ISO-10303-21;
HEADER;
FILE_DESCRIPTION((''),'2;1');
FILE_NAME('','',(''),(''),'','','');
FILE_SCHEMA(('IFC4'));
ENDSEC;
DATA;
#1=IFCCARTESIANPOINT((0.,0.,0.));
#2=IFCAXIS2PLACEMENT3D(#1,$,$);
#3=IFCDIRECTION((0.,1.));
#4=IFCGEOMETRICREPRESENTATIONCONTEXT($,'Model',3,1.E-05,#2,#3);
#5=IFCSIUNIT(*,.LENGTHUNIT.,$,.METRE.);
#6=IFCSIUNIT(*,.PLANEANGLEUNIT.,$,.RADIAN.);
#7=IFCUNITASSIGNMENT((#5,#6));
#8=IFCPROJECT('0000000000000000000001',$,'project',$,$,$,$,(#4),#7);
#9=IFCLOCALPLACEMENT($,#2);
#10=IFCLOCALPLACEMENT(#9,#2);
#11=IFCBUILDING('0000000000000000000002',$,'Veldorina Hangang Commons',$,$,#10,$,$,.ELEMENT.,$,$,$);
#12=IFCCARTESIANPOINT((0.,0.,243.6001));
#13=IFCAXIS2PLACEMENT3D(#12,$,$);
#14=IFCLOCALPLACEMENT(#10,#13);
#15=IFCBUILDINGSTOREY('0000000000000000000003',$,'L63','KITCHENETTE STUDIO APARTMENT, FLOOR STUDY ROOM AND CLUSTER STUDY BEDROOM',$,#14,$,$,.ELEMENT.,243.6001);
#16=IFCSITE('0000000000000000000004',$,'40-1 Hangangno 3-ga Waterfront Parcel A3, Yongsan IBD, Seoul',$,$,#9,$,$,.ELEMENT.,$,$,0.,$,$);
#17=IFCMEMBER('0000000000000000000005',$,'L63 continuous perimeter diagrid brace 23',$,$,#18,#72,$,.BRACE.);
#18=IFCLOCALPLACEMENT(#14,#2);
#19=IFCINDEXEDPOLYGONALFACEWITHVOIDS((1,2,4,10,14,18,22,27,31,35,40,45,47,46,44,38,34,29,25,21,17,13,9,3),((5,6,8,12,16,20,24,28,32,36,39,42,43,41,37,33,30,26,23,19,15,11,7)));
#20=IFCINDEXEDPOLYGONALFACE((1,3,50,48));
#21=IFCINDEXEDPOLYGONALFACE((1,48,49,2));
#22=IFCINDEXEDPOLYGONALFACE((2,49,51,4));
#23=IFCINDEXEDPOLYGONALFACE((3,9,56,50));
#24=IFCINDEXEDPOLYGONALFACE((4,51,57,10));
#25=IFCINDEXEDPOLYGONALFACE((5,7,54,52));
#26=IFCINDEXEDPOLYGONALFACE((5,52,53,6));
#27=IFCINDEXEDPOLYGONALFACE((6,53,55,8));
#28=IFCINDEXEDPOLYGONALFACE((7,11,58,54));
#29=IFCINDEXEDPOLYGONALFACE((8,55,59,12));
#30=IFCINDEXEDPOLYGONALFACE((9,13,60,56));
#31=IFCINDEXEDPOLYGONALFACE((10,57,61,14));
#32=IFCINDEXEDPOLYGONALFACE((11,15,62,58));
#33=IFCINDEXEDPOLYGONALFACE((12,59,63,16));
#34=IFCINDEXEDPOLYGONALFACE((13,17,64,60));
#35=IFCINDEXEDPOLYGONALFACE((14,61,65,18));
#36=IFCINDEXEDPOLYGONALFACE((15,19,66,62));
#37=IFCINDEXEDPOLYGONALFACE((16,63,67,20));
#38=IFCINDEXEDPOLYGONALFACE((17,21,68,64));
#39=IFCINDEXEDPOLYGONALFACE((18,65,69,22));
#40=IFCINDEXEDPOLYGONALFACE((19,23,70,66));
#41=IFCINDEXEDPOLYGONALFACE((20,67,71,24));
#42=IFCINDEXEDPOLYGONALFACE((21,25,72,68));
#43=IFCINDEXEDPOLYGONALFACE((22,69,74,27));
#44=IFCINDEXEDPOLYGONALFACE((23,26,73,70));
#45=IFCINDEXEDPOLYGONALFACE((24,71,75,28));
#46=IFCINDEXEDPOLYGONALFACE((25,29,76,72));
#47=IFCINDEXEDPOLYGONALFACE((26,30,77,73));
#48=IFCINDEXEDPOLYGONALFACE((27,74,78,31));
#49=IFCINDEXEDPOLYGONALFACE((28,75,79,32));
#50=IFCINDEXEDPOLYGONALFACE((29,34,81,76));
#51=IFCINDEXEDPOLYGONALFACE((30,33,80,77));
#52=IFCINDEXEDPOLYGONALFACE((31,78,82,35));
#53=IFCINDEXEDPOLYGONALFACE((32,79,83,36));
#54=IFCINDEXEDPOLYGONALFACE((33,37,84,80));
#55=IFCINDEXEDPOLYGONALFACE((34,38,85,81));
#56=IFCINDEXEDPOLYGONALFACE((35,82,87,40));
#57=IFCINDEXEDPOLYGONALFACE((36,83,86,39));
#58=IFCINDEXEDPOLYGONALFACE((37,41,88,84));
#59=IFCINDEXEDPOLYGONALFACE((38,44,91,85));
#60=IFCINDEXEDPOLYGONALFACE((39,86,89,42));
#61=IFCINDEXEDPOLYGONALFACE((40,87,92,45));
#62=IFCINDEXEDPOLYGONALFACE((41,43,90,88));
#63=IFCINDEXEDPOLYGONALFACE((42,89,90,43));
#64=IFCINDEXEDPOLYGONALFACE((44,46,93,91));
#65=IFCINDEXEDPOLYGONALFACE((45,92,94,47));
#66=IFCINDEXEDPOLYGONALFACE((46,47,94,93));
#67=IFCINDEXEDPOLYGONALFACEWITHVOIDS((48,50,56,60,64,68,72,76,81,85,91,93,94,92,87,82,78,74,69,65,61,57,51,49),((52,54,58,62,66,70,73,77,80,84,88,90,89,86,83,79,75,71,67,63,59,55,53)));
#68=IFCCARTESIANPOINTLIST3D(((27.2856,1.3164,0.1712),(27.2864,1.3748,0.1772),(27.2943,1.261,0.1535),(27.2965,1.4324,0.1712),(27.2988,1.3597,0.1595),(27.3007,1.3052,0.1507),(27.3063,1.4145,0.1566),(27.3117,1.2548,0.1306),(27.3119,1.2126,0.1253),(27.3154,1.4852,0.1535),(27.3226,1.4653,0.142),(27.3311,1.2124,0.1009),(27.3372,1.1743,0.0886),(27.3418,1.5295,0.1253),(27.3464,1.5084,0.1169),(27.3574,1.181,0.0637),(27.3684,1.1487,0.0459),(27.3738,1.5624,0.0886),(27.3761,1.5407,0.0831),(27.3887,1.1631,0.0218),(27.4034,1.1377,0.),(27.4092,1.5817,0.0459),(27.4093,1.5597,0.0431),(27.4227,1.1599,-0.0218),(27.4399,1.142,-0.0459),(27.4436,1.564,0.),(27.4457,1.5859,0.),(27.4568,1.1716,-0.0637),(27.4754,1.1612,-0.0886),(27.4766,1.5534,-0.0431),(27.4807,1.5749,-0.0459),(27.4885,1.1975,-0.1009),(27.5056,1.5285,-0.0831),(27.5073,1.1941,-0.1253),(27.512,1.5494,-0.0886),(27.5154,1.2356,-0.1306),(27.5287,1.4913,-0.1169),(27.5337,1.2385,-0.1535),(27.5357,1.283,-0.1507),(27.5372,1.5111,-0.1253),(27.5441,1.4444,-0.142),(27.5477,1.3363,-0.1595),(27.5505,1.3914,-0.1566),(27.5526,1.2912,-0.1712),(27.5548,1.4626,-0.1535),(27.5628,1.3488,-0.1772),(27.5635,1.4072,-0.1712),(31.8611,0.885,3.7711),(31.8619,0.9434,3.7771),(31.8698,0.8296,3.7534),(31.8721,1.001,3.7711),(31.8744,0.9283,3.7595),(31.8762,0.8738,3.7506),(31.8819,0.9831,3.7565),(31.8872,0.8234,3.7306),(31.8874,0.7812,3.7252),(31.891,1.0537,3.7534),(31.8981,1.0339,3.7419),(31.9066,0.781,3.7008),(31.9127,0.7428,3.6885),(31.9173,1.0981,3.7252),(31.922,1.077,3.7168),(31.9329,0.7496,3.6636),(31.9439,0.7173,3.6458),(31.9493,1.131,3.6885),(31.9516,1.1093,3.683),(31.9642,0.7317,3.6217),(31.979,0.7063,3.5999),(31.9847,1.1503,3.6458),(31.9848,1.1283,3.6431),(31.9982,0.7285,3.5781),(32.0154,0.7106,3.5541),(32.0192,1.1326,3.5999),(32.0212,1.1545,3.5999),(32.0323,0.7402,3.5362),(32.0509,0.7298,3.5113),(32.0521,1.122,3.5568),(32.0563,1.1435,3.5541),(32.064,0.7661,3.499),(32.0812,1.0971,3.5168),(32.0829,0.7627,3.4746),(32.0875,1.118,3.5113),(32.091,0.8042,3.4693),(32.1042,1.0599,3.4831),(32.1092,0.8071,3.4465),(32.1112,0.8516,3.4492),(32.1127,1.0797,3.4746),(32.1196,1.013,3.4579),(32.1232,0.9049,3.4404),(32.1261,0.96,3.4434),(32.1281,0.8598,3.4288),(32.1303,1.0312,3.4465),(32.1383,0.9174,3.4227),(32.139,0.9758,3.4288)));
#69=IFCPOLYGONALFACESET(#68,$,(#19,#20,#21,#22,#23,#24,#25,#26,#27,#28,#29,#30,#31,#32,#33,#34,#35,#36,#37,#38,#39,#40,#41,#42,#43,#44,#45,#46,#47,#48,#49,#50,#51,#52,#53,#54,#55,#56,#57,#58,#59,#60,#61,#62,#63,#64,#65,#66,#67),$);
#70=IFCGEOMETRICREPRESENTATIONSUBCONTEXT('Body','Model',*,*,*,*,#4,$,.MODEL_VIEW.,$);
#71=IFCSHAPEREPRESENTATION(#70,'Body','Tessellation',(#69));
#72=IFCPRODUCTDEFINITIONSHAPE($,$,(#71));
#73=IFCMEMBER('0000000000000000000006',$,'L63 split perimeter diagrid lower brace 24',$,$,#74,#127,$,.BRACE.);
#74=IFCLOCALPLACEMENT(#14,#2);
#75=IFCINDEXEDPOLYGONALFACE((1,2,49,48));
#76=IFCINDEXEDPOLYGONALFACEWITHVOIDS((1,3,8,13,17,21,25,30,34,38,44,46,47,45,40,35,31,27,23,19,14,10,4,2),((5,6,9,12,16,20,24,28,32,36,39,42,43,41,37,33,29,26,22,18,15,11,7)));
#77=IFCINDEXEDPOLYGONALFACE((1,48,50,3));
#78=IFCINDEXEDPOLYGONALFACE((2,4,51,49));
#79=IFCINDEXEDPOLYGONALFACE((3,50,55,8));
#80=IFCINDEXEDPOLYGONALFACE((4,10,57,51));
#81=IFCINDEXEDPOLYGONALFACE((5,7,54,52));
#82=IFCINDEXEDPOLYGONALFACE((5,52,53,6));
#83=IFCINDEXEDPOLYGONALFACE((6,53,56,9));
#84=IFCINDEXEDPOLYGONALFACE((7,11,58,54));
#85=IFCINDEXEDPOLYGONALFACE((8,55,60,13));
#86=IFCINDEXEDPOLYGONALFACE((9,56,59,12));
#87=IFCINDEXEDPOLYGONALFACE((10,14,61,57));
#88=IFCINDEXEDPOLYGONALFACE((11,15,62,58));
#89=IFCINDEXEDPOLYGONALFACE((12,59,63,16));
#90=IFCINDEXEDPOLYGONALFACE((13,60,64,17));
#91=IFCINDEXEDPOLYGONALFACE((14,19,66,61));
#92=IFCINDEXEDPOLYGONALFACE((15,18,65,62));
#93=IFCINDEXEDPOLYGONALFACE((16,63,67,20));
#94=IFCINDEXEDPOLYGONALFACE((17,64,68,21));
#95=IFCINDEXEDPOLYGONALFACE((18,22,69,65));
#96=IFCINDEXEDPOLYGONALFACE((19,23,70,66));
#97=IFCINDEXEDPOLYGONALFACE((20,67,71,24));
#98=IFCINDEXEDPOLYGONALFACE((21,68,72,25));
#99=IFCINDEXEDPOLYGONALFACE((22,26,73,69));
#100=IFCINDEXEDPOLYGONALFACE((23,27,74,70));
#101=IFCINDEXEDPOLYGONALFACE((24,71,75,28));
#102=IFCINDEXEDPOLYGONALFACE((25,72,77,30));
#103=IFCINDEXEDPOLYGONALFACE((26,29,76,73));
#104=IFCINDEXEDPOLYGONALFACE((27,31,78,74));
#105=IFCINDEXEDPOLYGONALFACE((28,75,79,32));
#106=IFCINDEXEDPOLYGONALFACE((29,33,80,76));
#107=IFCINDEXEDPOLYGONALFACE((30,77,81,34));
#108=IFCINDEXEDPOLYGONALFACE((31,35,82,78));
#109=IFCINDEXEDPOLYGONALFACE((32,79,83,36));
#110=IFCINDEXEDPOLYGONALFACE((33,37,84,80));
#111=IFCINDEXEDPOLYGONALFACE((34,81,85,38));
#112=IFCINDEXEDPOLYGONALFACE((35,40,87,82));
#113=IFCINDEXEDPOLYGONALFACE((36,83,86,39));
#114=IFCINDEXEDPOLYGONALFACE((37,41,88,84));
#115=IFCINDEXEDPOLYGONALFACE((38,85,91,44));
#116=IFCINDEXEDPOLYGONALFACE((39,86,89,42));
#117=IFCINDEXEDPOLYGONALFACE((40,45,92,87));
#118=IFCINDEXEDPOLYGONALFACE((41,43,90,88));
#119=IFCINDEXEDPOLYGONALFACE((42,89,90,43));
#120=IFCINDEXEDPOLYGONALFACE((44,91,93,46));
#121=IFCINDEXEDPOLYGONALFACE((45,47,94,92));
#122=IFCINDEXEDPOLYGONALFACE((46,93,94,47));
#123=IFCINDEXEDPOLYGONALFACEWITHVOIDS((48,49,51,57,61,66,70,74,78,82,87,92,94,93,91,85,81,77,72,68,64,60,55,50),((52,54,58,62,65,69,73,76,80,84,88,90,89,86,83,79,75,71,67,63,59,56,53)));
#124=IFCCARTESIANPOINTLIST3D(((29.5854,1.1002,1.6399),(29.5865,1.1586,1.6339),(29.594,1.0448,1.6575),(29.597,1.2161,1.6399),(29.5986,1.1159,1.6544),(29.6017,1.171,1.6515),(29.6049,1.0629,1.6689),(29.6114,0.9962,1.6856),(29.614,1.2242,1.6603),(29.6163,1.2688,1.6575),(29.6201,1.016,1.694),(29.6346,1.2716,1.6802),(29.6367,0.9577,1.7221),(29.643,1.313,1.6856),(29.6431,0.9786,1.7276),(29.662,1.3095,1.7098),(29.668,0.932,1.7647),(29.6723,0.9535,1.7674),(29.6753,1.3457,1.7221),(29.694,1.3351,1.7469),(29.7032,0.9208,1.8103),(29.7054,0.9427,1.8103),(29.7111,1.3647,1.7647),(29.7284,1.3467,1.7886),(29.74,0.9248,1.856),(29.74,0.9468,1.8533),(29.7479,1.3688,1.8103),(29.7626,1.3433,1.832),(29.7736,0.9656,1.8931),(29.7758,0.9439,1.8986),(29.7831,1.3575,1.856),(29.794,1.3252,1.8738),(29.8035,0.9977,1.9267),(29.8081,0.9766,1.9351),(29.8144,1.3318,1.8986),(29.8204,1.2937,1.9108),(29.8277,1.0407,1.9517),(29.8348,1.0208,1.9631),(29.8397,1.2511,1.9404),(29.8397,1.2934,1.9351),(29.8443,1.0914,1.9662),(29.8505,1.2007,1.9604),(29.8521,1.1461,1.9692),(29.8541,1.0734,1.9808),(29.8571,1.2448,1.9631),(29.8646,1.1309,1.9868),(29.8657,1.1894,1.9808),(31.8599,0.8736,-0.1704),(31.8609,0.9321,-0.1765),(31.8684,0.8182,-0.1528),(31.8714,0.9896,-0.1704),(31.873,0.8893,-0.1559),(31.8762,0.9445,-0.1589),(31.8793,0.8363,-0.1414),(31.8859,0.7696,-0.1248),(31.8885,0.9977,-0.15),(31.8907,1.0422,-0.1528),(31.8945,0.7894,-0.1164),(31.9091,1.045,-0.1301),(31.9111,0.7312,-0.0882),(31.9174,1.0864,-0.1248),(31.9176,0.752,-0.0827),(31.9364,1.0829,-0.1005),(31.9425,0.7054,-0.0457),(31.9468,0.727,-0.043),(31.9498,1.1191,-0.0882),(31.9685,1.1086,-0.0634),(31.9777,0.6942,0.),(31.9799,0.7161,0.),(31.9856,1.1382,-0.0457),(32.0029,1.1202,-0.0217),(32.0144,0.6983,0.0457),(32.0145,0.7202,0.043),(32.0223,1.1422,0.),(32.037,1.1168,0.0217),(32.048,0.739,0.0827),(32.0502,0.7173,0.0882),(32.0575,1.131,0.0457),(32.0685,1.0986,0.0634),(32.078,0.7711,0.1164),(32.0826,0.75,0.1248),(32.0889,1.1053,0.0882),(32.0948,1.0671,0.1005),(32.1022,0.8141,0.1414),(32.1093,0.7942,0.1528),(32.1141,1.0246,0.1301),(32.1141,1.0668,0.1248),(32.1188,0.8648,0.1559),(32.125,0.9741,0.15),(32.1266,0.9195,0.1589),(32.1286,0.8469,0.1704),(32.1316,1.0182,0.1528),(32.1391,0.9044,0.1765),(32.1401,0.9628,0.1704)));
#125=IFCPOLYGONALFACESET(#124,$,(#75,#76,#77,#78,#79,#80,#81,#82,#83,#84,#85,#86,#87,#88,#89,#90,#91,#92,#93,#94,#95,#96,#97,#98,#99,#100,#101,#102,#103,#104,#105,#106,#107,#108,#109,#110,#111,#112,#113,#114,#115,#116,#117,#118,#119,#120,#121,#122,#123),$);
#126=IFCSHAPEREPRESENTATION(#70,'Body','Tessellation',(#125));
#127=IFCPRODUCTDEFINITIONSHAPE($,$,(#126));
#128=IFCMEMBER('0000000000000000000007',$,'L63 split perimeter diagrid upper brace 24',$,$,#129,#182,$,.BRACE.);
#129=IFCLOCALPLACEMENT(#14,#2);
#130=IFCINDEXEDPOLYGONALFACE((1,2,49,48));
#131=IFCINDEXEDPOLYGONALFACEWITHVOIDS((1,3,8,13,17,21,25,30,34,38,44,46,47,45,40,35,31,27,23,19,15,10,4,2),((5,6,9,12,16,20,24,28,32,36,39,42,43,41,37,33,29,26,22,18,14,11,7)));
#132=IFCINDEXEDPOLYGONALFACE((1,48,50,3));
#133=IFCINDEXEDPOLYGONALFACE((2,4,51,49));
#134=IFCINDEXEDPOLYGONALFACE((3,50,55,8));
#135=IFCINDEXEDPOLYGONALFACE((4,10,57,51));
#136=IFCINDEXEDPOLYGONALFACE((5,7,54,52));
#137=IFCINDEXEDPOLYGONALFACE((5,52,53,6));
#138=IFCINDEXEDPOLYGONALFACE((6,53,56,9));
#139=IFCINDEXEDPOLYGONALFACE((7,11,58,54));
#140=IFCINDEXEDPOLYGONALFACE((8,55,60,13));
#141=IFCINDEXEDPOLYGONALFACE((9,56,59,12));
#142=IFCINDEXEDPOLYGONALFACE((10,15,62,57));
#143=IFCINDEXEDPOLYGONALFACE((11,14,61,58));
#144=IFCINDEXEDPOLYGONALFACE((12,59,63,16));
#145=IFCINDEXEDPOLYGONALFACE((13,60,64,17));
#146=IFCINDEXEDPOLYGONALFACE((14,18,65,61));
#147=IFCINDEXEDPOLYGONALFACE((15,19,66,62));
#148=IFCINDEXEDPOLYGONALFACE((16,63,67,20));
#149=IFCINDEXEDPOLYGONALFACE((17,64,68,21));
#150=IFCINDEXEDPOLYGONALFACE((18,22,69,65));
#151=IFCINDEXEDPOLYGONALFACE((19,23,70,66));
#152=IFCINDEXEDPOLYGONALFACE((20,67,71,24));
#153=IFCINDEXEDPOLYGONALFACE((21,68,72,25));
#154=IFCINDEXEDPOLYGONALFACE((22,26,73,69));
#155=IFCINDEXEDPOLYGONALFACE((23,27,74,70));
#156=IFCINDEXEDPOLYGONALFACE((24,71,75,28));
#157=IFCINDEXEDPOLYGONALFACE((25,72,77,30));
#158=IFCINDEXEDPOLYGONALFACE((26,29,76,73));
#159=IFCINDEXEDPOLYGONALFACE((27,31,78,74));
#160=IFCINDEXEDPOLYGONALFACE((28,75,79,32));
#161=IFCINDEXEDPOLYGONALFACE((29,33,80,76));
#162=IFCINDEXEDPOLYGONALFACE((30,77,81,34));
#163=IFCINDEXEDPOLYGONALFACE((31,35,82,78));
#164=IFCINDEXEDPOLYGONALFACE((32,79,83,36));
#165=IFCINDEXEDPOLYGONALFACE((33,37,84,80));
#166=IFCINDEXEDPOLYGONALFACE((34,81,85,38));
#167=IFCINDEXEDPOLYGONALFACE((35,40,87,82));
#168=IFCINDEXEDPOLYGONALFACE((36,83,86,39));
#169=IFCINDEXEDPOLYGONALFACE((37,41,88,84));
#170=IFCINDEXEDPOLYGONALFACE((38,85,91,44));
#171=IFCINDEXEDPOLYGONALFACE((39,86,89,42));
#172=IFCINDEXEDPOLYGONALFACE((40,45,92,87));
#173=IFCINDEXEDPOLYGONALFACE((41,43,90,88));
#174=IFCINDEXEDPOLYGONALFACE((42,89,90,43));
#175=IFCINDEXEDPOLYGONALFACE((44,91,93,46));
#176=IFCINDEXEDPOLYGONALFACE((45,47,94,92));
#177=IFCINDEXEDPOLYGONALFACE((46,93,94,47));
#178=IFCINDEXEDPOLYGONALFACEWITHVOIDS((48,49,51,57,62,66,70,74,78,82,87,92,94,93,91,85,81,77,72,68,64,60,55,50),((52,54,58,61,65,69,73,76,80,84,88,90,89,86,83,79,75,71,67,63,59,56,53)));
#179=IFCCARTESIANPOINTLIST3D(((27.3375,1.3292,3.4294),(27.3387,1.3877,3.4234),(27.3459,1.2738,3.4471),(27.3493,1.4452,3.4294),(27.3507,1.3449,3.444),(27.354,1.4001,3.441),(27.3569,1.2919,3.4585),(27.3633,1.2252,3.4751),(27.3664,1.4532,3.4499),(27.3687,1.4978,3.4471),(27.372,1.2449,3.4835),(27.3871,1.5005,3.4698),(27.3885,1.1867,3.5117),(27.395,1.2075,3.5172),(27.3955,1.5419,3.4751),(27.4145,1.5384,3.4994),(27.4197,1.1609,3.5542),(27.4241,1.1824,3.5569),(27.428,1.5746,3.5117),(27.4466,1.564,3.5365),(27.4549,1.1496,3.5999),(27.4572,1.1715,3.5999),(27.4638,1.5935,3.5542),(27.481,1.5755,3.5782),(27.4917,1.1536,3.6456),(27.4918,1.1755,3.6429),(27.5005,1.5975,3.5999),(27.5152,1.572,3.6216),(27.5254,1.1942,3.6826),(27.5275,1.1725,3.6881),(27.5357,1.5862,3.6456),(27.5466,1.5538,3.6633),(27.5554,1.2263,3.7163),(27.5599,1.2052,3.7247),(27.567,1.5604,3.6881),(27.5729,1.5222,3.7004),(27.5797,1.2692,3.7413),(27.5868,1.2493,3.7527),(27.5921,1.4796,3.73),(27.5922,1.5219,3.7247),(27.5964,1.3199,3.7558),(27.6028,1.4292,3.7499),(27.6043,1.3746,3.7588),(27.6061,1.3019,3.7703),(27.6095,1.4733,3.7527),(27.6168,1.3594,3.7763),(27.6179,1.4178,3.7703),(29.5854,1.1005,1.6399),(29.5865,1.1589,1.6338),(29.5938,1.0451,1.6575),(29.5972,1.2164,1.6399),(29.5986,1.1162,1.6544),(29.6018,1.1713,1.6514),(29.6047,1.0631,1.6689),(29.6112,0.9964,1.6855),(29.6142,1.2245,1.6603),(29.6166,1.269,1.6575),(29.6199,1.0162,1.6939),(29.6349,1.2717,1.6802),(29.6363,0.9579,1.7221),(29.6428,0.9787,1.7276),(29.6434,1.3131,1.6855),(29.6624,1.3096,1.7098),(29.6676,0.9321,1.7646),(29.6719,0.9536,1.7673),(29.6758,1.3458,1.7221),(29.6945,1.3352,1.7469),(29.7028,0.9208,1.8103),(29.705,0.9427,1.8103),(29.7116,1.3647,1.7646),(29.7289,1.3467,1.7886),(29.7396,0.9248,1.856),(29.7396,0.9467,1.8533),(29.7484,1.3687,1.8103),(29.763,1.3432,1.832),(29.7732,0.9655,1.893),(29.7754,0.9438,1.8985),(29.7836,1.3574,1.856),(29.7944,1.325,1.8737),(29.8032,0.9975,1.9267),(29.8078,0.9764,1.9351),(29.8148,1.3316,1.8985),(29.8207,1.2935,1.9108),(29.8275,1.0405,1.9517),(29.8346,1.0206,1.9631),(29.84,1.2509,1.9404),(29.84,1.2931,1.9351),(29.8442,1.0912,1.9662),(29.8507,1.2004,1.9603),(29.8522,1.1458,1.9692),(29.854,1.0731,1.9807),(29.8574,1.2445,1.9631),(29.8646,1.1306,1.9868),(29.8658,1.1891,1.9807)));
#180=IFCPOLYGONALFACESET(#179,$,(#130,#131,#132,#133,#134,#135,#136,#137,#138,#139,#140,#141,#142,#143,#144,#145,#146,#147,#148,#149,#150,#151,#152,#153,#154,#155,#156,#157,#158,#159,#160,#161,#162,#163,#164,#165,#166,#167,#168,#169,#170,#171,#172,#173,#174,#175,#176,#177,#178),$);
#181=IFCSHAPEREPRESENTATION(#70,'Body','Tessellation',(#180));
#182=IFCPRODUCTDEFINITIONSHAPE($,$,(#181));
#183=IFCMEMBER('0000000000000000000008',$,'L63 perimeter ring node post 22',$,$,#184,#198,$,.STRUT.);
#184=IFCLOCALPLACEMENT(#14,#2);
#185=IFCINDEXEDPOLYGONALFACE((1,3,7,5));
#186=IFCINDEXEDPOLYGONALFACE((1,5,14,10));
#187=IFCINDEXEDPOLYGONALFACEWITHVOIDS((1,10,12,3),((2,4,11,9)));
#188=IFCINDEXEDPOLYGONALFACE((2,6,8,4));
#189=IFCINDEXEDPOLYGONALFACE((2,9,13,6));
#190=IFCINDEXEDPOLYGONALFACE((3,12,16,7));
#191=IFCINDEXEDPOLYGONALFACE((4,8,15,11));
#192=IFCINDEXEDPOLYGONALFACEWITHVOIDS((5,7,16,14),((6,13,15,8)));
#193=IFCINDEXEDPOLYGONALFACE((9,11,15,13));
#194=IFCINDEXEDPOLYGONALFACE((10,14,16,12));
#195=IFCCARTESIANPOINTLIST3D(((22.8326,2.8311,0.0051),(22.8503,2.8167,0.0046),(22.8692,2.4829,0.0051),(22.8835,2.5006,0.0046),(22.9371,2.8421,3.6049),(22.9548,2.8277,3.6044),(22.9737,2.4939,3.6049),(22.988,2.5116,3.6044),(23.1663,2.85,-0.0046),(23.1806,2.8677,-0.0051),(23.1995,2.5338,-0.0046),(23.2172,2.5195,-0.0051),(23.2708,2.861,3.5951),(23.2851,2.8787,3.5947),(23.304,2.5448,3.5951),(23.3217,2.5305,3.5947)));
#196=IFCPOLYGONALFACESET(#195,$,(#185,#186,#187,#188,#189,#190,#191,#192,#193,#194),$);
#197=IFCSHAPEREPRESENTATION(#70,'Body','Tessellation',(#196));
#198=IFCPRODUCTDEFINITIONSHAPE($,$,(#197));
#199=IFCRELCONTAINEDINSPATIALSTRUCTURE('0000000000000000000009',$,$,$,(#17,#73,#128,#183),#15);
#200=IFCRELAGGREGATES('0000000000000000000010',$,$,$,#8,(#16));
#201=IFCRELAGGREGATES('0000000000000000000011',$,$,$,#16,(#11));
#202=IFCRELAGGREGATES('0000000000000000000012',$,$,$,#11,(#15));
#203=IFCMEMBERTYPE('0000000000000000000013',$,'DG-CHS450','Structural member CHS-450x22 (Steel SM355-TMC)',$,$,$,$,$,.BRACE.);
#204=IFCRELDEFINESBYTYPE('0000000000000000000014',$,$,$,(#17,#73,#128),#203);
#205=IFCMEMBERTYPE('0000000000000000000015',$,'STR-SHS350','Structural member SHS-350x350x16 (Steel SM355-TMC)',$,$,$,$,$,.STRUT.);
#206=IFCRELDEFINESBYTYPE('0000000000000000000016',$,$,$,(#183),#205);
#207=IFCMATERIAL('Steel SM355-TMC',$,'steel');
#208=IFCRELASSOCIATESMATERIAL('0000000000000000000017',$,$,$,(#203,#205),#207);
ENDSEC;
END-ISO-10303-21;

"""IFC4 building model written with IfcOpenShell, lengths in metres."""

from ifc_helpers import new_model, si_unit, direction, frame, origin, origin_2d, place, context, subcontext, project, spatial, hollow_rectangle, hollow_circle, extrude, material, material_profile, profile_set, type_object, element, save


model = new_model("IFC4")

# Units and contexts
model_context = context("Model", 3, precision=1e-05, world=origin(), true_north=direction((0.0, 1.0)))
body_context = subcontext(model_context, "Body", "Model", "MODEL_VIEW")
ifc_project = project(units=[si_unit("LENGTHUNIT", "METRE"), si_unit("PLANEANGLEUNIT", "RADIAN")], contexts=[model_context])

# Site, building, storey
site_placement = place(None, origin())
site = spatial("IfcSite", under=ifc_project, at=site_placement, Name="40-1 Hangangno 3-ga Waterfront Parcel A3, Yongsan IBD, Seoul", CompositionType="ELEMENT", RefElevation=0.0)
building_placement = place(site_placement, origin())
building = spatial("IfcBuilding", under=site, at=building_placement, Name="Veldorina Hangang Commons", CompositionType="ELEMENT")
storey_placement = place(building_placement, frame((0.0, 0.0, 243.6001)))
storey = spatial("IfcBuildingStorey", under=building, at=storey_placement, Name="L63", Description="KITCHENETTE STUDIO APARTMENT, FLOOR STUDY ROOM AND CLUSTER STUDY BEDROOM", CompositionType="ELEMENT", Elevation=243.6001)

# Shared definitions
ifc_material_1 = material(Name="Steel SM355-TMC", Category="steel")

# Members
ifc_material_profile_1 = material_profile(ifc_material_1, hollow_circle(Radius=0.2251, WallThickness=0.022, at=origin_2d()), Name="CHS-450x22")
ifc_profile_set_1 = profile_set([ifc_material_profile_1], Name="Steel SM355-TMC")
member_type_1 = type_object("IfcMemberType", Name="DG-CHS450", Description="Structural member CHS-450x22 (Steel SM355-TMC)", PredefinedType="BRACE", material=ifc_profile_set_1)
member_1_placement = place(storey_placement, frame((27.4246, 1.3618, 0.0), z_axis=(0.783763, -0.073897, 0.616648), x_axis=(0.093869, 0.995585, 0.0)))
element("IfcMember", 1, at=member_1_placement, inside=storey, type_object=member_type_1, Name="L63 continuous perimeter diagrid brace 23", PredefinedType="BRACE", context=body_context, shape_type="SweptSolid", body=[
    extrude(hollow_circle(Radius=0.2251, WallThickness=0.022, at=origin_2d()), origin(), (0.0, 0.0, 1.0), 5.8379),
])
member_2_placement = place(storey_placement, frame((32.0, 0.9182, 0.0), z_axis=(-0.780049, 0.077704, 0.620874), x_axis=(-0.099123, -0.995075, 0.0)))
element("IfcMember", 2, at=member_2_placement, inside=storey, type_object=member_type_1, Name="L63 split perimeter diagrid lower brace 24", PredefinedType="BRACE", context=body_context, shape_type="SweptSolid", body=[
    extrude(hollow_circle(Radius=0.2251, WallThickness=0.022, at=origin_2d()), origin(), (0.0, 0.0, 1.0), 2.9158),
])
member_3_placement = place(storey_placement, frame((29.7256, 1.1448, 1.8103), z_axis=(-0.779874, 0.079368, 0.620884), x_axis=(-0.101247, -0.994861, 0.0)))
element("IfcMember", 3, at=member_3_placement, inside=storey, type_object=member_type_1, Name="L63 split perimeter diagrid upper brace 24", PredefinedType="BRACE", context=body_context, shape_type="SweptSolid", body=[
    extrude(hollow_circle(Radius=0.2251, WallThickness=0.022, at=origin_2d()), origin(), (0.0, 0.0, 1.0), 2.8823),
])
ifc_material_profile_2 = material_profile(ifc_material_1, hollow_rectangle(XDim=0.3501, YDim=0.3501, WallThickness=0.0161, at=origin_2d()), Name="SHS-350x350x16")
ifc_profile_set_2 = profile_set([ifc_material_profile_2], Name="Steel SM355-TMC")
member_type_2 = type_object("IfcMemberType", Name="STR-SHS350", Description="Structural member SHS-350x350x16 (Steel SM355-TMC)", PredefinedType="STRUT", material=ifc_profile_set_2)
member_4_placement = place(storey_placement, frame((23.0249, 2.6753, 0.0), z_axis=(0.029014, 0.003051, 0.999574), x_axis=(-0.104564, 0.994518, 0.0)))
element("IfcMember", 4, at=member_4_placement, inside=storey, type_object=member_type_2, Name="L63 perimeter ring node post 22", PredefinedType="STRUT", context=body_context, shape_type="SweptSolid", body=[
    extrude(hollow_rectangle(XDim=0.3501, YDim=0.3501, WallThickness=0.0161, at=origin_2d()), origin(), (0.0, 0.0, 1.0), 3.6013),
])

save(model, "model.ifc")
